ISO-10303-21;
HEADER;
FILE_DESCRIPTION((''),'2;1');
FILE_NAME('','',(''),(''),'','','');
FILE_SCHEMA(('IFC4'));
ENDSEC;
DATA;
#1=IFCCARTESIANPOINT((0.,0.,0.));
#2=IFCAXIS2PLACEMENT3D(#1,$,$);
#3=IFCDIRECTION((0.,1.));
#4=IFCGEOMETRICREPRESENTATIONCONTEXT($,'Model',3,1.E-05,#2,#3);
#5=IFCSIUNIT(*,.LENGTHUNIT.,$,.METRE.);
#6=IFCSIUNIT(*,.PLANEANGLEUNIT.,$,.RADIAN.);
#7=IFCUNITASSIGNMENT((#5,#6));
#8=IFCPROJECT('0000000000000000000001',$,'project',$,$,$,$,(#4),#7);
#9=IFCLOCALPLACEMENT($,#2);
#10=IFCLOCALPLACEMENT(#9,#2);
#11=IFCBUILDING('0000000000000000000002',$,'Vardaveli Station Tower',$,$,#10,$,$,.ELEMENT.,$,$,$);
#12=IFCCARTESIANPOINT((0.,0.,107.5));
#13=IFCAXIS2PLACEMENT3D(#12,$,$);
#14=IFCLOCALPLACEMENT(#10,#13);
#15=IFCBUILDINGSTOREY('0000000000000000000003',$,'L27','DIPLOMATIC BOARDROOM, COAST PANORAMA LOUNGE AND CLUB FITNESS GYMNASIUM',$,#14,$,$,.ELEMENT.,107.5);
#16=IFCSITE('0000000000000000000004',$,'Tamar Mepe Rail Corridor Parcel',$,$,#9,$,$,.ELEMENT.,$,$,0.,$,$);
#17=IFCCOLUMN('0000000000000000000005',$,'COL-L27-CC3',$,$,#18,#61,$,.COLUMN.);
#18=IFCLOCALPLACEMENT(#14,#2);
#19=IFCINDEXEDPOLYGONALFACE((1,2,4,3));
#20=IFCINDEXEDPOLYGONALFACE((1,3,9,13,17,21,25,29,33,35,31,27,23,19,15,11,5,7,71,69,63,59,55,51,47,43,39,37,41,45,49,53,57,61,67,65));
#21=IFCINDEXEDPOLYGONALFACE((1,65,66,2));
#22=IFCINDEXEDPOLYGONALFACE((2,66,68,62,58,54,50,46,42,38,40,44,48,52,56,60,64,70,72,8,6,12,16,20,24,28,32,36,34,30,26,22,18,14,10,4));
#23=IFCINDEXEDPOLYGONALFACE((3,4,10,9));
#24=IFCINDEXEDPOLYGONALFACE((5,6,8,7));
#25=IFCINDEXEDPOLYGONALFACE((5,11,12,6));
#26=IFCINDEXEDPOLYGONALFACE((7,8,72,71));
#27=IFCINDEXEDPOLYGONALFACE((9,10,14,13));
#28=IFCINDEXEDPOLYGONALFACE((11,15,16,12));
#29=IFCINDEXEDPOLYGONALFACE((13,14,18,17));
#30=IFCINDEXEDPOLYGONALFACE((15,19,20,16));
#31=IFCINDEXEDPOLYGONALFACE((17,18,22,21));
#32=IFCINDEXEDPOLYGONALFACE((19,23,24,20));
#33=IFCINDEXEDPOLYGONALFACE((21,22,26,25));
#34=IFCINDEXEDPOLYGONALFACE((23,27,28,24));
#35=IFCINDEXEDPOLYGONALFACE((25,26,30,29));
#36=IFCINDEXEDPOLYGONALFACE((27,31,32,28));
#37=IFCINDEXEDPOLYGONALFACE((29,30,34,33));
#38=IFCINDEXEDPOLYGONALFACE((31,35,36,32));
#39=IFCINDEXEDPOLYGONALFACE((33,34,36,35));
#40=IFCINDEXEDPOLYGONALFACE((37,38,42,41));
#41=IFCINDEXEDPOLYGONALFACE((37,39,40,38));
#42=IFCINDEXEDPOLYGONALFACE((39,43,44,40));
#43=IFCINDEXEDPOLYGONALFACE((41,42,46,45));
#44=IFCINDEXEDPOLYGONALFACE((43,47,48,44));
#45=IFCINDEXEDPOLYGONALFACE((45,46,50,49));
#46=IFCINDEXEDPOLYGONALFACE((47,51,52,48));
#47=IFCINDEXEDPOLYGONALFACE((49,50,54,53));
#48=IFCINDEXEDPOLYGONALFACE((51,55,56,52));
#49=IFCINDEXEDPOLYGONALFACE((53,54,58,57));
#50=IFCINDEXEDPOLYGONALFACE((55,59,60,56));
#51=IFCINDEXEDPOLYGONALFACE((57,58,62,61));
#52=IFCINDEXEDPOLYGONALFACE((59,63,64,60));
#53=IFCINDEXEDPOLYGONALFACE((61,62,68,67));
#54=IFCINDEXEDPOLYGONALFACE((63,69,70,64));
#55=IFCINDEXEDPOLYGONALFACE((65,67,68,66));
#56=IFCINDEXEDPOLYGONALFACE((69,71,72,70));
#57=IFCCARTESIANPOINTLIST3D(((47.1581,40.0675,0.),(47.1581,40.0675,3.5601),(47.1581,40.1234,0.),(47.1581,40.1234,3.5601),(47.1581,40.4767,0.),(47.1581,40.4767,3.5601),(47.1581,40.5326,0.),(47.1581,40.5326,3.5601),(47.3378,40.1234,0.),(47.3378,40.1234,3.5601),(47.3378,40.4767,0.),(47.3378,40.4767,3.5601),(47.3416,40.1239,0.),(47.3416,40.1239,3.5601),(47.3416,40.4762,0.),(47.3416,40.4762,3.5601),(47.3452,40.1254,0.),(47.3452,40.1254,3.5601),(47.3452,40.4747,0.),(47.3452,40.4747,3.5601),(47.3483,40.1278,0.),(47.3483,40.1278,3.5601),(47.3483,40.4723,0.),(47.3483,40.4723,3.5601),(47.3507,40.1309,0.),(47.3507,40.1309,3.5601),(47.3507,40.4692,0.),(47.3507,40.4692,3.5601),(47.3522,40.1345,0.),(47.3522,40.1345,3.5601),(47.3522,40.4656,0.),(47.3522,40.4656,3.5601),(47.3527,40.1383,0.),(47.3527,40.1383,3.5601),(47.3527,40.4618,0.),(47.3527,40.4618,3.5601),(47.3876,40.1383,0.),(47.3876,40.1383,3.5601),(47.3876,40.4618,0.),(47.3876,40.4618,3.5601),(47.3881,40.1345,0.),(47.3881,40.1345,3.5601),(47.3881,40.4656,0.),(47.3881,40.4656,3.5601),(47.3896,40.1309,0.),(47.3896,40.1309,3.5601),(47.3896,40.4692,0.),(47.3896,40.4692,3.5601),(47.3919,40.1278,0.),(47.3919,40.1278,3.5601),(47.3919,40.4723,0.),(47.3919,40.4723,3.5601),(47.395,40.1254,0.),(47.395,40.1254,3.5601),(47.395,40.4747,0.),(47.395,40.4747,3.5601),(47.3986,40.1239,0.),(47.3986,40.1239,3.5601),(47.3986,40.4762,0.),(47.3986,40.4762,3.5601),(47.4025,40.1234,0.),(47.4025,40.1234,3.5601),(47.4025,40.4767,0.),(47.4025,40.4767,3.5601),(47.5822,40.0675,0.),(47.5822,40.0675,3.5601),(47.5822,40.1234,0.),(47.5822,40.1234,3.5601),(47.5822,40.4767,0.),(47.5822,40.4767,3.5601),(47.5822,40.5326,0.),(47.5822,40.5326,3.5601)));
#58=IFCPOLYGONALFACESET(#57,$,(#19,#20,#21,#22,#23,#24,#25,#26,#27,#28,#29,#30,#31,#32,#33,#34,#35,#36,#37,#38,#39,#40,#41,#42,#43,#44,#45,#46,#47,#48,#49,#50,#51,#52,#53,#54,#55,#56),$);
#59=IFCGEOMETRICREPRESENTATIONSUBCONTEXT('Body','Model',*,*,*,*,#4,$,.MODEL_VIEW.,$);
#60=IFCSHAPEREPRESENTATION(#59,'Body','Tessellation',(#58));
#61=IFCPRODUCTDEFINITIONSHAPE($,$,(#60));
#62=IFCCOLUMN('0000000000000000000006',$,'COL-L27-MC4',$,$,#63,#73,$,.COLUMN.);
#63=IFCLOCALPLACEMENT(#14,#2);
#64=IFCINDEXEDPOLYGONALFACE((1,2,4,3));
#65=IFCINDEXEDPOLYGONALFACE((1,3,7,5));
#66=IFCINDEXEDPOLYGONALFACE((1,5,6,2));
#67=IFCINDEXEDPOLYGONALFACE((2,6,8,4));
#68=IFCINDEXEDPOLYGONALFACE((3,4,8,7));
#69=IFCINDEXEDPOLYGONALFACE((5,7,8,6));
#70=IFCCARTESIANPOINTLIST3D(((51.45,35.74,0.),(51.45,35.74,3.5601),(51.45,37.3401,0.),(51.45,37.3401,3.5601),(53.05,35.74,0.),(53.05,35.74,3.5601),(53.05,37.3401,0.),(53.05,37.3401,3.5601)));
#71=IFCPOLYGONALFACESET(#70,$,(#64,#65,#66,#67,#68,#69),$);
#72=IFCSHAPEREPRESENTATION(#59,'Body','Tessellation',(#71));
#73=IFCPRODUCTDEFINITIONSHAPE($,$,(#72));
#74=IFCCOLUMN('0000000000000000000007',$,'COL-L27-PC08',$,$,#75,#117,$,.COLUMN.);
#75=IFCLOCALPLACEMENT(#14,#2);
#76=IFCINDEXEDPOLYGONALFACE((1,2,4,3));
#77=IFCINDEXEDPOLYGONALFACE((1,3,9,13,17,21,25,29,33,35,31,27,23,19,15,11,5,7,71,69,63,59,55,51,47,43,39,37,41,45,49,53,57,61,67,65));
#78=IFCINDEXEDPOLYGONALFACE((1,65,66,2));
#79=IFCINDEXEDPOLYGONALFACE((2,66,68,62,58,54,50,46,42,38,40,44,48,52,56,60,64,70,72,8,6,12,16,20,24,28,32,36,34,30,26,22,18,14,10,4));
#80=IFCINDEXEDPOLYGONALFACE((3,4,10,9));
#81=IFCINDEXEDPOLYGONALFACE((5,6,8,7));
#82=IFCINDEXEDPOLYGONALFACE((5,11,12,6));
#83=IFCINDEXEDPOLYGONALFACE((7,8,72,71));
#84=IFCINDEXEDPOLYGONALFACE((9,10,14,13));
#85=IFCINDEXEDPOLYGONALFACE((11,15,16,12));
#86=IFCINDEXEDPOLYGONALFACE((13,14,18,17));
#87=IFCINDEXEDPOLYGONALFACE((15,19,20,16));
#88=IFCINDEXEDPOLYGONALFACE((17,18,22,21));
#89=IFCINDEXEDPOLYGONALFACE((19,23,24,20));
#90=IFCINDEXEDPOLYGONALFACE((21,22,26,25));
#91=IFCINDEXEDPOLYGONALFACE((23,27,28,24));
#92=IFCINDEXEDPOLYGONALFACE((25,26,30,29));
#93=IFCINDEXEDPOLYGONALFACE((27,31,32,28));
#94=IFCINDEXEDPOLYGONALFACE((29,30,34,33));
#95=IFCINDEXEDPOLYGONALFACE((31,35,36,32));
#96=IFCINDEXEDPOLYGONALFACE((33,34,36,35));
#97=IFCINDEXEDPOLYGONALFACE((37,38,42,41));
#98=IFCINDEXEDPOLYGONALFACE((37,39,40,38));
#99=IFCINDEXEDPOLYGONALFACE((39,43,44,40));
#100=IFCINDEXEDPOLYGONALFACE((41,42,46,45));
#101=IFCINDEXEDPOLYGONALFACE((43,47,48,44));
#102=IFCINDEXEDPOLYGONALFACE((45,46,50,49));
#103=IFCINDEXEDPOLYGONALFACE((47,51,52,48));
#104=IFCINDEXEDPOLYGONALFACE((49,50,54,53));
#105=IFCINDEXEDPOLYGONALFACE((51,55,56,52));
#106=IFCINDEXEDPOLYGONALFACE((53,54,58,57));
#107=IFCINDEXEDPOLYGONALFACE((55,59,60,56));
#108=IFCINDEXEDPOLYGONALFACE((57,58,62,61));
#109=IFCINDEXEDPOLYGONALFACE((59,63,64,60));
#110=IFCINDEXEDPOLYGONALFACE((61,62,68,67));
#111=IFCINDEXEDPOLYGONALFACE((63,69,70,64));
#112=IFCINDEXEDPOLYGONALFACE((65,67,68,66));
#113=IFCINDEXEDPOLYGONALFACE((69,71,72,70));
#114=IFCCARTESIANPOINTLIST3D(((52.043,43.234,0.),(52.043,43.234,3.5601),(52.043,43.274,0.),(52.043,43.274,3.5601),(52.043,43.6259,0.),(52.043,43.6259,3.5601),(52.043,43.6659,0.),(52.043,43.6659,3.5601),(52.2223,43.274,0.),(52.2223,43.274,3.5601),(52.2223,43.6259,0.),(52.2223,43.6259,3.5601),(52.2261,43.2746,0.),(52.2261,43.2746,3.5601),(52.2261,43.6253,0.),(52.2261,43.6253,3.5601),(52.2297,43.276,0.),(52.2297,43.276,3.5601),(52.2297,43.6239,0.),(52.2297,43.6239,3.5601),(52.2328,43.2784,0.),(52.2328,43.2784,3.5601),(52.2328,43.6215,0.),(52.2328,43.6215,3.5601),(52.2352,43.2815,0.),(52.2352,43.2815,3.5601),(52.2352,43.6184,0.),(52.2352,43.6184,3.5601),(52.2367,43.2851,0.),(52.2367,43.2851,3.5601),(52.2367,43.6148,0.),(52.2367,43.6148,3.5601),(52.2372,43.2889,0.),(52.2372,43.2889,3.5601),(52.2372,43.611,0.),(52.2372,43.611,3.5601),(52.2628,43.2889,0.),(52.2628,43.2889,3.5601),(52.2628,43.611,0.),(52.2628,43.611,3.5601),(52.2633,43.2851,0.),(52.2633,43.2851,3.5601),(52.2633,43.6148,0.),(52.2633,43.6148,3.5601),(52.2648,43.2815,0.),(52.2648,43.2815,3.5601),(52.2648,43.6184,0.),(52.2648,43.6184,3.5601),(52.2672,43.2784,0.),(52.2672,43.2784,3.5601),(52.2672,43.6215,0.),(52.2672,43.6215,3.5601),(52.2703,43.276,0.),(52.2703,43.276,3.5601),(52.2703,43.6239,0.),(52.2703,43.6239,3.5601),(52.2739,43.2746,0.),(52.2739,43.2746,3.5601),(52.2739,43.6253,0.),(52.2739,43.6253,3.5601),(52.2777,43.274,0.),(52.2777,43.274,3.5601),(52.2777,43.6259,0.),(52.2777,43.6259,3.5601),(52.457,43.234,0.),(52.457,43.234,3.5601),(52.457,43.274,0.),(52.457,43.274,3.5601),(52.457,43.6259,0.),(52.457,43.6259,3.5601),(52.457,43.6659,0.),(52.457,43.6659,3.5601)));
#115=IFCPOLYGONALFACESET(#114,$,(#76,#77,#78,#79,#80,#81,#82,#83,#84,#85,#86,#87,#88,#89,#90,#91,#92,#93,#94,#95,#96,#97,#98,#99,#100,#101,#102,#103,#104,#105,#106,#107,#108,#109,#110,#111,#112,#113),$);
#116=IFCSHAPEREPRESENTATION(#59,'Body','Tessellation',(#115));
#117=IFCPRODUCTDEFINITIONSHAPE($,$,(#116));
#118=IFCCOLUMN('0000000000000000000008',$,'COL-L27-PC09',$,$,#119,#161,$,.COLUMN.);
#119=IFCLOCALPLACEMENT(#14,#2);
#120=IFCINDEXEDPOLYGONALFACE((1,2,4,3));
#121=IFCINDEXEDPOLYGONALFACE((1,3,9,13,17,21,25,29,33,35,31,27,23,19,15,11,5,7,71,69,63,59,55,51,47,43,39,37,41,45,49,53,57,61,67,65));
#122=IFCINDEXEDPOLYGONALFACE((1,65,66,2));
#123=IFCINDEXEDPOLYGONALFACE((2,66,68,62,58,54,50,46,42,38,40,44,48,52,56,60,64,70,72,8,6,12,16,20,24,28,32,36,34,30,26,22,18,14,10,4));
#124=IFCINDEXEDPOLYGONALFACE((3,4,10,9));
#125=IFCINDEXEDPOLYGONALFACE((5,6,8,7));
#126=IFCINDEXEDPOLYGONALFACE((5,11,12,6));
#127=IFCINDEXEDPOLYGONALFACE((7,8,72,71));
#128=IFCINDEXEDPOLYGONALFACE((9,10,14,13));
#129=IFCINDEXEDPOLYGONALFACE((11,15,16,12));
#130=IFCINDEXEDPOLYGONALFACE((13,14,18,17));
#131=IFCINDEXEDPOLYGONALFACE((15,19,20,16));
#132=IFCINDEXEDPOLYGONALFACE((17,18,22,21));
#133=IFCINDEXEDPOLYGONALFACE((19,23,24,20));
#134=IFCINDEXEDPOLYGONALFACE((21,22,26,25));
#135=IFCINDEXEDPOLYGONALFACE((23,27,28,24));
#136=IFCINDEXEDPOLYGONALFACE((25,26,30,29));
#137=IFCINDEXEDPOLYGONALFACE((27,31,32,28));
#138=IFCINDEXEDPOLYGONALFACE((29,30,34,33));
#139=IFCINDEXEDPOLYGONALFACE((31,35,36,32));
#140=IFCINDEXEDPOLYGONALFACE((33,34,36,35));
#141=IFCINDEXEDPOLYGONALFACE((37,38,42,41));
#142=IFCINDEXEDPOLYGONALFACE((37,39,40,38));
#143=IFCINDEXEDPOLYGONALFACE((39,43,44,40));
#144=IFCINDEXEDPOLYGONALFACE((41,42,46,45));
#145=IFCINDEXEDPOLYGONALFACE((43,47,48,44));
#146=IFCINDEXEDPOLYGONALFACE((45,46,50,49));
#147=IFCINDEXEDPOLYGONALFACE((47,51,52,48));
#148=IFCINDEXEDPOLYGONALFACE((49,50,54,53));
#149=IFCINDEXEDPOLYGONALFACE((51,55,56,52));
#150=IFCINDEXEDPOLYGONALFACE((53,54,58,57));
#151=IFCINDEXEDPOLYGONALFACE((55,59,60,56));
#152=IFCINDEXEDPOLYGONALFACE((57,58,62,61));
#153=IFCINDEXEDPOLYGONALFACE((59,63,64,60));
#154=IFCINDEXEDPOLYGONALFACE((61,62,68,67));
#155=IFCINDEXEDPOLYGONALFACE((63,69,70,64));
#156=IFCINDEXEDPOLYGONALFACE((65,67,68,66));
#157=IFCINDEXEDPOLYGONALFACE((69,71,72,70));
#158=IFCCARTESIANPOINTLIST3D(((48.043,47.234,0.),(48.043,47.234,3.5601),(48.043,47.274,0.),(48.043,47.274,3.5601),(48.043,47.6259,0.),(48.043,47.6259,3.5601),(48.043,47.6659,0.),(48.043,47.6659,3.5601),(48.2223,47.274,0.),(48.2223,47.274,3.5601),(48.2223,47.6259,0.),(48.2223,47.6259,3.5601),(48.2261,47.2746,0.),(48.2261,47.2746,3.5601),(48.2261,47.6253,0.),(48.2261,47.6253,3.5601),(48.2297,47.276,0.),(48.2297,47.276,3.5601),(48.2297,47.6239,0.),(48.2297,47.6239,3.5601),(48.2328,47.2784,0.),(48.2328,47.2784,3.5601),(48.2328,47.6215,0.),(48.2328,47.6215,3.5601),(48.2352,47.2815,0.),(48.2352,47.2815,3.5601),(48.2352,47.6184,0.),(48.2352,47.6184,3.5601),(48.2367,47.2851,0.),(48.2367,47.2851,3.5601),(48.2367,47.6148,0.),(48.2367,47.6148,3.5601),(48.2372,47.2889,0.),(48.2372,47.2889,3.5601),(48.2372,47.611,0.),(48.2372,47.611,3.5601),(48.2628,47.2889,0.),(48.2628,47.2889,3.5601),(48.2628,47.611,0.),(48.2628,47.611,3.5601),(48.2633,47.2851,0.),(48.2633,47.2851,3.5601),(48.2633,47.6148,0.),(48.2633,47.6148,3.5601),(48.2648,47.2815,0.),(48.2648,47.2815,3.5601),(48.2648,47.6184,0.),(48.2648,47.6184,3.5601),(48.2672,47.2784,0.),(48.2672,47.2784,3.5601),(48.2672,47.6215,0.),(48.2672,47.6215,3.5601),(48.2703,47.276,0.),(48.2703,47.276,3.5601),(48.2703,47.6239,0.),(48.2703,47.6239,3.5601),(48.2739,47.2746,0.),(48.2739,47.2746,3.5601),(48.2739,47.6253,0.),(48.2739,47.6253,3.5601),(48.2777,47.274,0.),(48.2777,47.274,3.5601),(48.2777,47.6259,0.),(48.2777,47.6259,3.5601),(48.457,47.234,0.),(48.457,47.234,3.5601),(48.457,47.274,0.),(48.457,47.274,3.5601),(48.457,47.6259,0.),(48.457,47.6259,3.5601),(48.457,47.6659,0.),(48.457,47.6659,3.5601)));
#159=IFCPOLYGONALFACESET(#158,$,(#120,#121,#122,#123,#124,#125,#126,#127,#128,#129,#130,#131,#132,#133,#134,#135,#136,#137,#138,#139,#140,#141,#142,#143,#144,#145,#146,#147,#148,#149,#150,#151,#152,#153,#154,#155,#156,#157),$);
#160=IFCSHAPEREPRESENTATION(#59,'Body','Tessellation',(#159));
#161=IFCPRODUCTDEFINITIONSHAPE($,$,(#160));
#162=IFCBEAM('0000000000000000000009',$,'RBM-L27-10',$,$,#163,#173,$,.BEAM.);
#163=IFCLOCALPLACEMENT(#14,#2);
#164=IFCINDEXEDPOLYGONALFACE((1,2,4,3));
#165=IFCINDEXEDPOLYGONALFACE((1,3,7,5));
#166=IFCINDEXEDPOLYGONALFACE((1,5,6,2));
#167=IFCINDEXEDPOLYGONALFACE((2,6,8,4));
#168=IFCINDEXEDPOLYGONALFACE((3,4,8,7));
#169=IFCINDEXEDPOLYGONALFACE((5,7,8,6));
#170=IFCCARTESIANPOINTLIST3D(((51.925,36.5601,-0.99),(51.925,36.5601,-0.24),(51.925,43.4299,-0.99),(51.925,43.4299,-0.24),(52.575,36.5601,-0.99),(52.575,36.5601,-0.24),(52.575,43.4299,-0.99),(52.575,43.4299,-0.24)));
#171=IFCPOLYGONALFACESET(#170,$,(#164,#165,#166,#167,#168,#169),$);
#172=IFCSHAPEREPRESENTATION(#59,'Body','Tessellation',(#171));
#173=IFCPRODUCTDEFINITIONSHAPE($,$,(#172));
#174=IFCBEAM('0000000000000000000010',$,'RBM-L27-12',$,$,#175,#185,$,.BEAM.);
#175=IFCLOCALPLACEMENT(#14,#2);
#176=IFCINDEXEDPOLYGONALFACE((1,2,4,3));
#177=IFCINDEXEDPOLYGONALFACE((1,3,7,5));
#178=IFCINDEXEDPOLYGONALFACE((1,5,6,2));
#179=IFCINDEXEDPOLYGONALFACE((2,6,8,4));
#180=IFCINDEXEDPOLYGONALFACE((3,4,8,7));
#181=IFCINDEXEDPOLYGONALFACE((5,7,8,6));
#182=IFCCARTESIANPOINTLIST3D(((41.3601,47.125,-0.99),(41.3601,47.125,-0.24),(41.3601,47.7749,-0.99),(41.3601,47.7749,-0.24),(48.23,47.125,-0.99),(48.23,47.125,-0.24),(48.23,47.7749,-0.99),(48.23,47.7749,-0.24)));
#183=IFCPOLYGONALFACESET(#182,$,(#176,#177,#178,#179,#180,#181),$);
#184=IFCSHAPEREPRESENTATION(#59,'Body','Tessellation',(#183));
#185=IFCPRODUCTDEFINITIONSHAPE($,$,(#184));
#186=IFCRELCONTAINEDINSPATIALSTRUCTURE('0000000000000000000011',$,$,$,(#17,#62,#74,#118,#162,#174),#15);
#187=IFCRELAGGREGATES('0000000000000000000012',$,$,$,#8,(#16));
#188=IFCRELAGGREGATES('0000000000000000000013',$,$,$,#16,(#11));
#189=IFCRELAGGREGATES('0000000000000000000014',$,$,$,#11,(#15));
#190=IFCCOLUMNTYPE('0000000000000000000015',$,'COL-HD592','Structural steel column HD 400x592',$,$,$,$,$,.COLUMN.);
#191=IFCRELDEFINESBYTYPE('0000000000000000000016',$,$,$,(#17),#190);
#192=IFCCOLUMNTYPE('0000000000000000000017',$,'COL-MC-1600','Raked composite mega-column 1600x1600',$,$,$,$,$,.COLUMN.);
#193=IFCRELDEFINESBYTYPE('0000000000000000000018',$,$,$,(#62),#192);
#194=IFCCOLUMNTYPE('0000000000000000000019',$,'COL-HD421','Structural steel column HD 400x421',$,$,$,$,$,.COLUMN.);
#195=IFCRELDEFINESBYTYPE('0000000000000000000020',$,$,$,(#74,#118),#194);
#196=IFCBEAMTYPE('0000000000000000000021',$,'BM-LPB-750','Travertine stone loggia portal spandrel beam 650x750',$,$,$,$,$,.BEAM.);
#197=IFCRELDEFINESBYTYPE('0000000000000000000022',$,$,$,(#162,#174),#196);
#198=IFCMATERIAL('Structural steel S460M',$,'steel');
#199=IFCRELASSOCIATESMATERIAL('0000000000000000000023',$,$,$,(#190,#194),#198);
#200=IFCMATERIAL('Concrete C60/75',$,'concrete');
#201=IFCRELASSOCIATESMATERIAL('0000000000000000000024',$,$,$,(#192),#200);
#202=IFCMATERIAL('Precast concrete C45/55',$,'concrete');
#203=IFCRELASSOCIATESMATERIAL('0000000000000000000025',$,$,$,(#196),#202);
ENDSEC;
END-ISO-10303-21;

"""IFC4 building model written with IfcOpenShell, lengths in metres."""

from ifc_helpers import new_model, si_unit, direction, frame, origin, origin_2d, place, context, subcontext, project, spatial, rectangle, i_section, extrude, source, transform, mapped, material, material_profile, profile_set, type_object, element, save


model = new_model("IFC4")

# Units and contexts
model_context = context("Model", 3, precision=1e-05, world=origin(), true_north=direction((0.0, 1.0)))
body_context = subcontext(model_context, "Body", "Model", "MODEL_VIEW")
ifc_project = project(units=[si_unit("LENGTHUNIT", "METRE"), si_unit("PLANEANGLEUNIT", "RADIAN")], contexts=[model_context])

# Site, building, storey
site_placement = place(None, origin())
site = spatial("IfcSite", under=ifc_project, at=site_placement, Name="Tamar Mepe Rail Corridor Parcel", CompositionType="ELEMENT", RefElevation=0.0)
building_placement = place(site_placement, origin())
building = spatial("IfcBuilding", under=site, at=building_placement, Name="Vardaveli Station Tower", CompositionType="ELEMENT")
storey_placement = place(building_placement, frame((0.0, 0.0, 107.5)))
storey = spatial("IfcBuildingStorey", under=building, at=storey_placement, Name="L27", Description="DIPLOMATIC BOARDROOM, COAST PANORAMA LOUNGE AND CLUB FITNESS GYMNASIUM", CompositionType="ELEMENT", Elevation=107.5)

# Columns
ifc_material_1 = material(Name="Structural steel S460M", Category="steel")
ifc_material_profile_1 = material_profile(ifc_material_1, i_section(OverallWidth=0.4241, OverallDepth=0.4651, WebThickness=0.0349, FlangeThickness=0.0559, FilletRadius=0.0149, at=origin_2d()), Name="HD 400x592")
ifc_profile_set_1 = profile_set([ifc_material_profile_1], Name="Structural steel S460M")
column_type_1 = type_object("IfcColumnType", Name="COL-HD592", Description="Structural steel column HD 400x592", PredefinedType="COLUMN", material=ifc_profile_set_1)
shared_shape_1 = source(origin(), body_context, "Body", "SweptSolid", [
    extrude(i_section(OverallWidth=0.4241, OverallDepth=0.4651, WebThickness=0.0349, FlangeThickness=0.0559, FilletRadius=0.0149, at=origin_2d()), origin(), (0.0, 0.0, 1.0), 3.5601),
])
column_1_placement = place(storey_placement, frame((47.3701, 40.3, 0.0), z_axis=(0.0, 0.0, 1.0), x_axis=(1.0, 0.0, 0.0)))
element("IfcColumn", 1, at=column_1_placement, inside=storey, type_object=column_type_1, Name="COL-L27-CC3", PredefinedType="COLUMN", context=body_context, shape_type="MappedRepresentation", body=[
    mapped(shared_shape_1, transform((0.0, 0.0, 0.0), scale=1.0)),
])
ifc_material_2 = material(Name="Concrete C60/75", Category="concrete")
ifc_material_profile_2 = material_profile(ifc_material_2, rectangle(XDim=1.6001, YDim=1.6001, at=origin_2d()), Name="MC 1600x1600")
ifc_profile_set_2 = profile_set([ifc_material_profile_2], Name="Concrete C60/75")
column_type_2 = type_object("IfcColumnType", Name="COL-MC-1600", Description="Raked composite mega-column 1600x1600", PredefinedType="COLUMN", material=ifc_profile_set_2)
shared_shape_2 = source(origin(), body_context, "Body", "SweptSolid", [
    extrude(rectangle(XDim=1.6001, YDim=1.6001, at=origin_2d()), origin(), (0.0, 0.0, 1.0), 3.5601),
])
column_2_placement = place(storey_placement, frame((52.25, 36.54, 0.0), z_axis=(0.0, 0.0, 1.0), x_axis=(1.0, 0.0, 0.0)))
element("IfcColumn", 2, at=column_2_placement, inside=storey, type_object=column_type_2, Name="COL-L27-MC4", PredefinedType="COLUMN", context=body_context, shape_type="MappedRepresentation", body=[
    mapped(shared_shape_2, transform((0.0, 0.0, 0.0), scale=1.0)),
])
ifc_material_profile_3 = material_profile(ifc_material_1, i_section(OverallWidth=0.4141, OverallDepth=0.4319, WebThickness=0.0256, FlangeThickness=0.04, FilletRadius=0.0149, at=origin_2d()), Name="HD 400x421")
ifc_profile_set_3 = profile_set([ifc_material_profile_3], Name="Structural steel S460M")
column_type_3 = type_object("IfcColumnType", Name="COL-HD421", Description="Structural steel column HD 400x421", PredefinedType="COLUMN", material=ifc_profile_set_3)
shared_shape_3 = source(origin(), body_context, "Body", "SweptSolid", [
    extrude(i_section(OverallWidth=0.4141, OverallDepth=0.4319, WebThickness=0.0256, FlangeThickness=0.04, FilletRadius=0.0149, at=origin_2d()), origin(), (0.0, 0.0, 1.0), 3.5601),
])
for number, where, z_axis, x_axis, name in (
    (3, (52.25, 43.45, 0.0), (0.0, 0.0, 1.0), (1.0, 0.0, 0.0), "COL-L27-PC08"),
    (4, (48.25, 47.45, 0.0), (0.0, 0.0, 1.0), (1.0, 0.0, 0.0), "COL-L27-PC09"),
):
    element("IfcColumn", number, at=place(storey_placement, frame(where, z_axis=z_axis, x_axis=x_axis)), inside=storey, type_object=column_type_3, Name=name, PredefinedType="COLUMN", context=body_context, shape_type="MappedRepresentation", body=[
        mapped(shared_shape_3, transform((0.0, 0.0, 0.0), scale=1.0)),
    ])

# Beams
ifc_material_3 = material(Name="Precast concrete C45/55", Category="concrete")
ifc_material_profile_4 = material_profile(ifc_material_3, rectangle(XDim=0.6499, YDim=0.75, at=origin_2d()), Name="LPB 650x750")
ifc_profile_set_4 = profile_set([ifc_material_profile_4], Name="Precast concrete C45/55")
beam_type = type_object("IfcBeamType", Name="BM-LPB-750", Description="Travertine stone loggia portal spandrel beam 650x750", PredefinedType="BEAM", material=ifc_profile_set_4)
shared_shape_4 = source(origin(), body_context, "Body", "SweptSolid", [
    extrude(rectangle(XDim=0.6499, YDim=0.75, at=origin_2d()), origin(), (0.0, 0.0, 1.0), 6.8699),
])
for number, where, z_axis, x_axis, name in (
    (5, (52.25, 36.5601, -0.615), (0.0, 1.0, 0.0), (-1.0, 0.0, 0.0), "RBM-L27-10"),
    (6, (48.23, 47.45, -0.615), (-1.0, 0.0, 0.0), (0.0, -1.0, 0.0), "RBM-L27-12"),
):
    element("IfcBeam", number, at=place(storey_placement, frame(where, z_axis=z_axis, x_axis=x_axis)), inside=storey, type_object=beam_type, Name=name, PredefinedType="BEAM", context=body_context, shape_type="MappedRepresentation", body=[
        mapped(shared_shape_4, transform((0.0, 0.0, 0.0), scale=1.0)),
    ])

save(model, "model.ifc")
